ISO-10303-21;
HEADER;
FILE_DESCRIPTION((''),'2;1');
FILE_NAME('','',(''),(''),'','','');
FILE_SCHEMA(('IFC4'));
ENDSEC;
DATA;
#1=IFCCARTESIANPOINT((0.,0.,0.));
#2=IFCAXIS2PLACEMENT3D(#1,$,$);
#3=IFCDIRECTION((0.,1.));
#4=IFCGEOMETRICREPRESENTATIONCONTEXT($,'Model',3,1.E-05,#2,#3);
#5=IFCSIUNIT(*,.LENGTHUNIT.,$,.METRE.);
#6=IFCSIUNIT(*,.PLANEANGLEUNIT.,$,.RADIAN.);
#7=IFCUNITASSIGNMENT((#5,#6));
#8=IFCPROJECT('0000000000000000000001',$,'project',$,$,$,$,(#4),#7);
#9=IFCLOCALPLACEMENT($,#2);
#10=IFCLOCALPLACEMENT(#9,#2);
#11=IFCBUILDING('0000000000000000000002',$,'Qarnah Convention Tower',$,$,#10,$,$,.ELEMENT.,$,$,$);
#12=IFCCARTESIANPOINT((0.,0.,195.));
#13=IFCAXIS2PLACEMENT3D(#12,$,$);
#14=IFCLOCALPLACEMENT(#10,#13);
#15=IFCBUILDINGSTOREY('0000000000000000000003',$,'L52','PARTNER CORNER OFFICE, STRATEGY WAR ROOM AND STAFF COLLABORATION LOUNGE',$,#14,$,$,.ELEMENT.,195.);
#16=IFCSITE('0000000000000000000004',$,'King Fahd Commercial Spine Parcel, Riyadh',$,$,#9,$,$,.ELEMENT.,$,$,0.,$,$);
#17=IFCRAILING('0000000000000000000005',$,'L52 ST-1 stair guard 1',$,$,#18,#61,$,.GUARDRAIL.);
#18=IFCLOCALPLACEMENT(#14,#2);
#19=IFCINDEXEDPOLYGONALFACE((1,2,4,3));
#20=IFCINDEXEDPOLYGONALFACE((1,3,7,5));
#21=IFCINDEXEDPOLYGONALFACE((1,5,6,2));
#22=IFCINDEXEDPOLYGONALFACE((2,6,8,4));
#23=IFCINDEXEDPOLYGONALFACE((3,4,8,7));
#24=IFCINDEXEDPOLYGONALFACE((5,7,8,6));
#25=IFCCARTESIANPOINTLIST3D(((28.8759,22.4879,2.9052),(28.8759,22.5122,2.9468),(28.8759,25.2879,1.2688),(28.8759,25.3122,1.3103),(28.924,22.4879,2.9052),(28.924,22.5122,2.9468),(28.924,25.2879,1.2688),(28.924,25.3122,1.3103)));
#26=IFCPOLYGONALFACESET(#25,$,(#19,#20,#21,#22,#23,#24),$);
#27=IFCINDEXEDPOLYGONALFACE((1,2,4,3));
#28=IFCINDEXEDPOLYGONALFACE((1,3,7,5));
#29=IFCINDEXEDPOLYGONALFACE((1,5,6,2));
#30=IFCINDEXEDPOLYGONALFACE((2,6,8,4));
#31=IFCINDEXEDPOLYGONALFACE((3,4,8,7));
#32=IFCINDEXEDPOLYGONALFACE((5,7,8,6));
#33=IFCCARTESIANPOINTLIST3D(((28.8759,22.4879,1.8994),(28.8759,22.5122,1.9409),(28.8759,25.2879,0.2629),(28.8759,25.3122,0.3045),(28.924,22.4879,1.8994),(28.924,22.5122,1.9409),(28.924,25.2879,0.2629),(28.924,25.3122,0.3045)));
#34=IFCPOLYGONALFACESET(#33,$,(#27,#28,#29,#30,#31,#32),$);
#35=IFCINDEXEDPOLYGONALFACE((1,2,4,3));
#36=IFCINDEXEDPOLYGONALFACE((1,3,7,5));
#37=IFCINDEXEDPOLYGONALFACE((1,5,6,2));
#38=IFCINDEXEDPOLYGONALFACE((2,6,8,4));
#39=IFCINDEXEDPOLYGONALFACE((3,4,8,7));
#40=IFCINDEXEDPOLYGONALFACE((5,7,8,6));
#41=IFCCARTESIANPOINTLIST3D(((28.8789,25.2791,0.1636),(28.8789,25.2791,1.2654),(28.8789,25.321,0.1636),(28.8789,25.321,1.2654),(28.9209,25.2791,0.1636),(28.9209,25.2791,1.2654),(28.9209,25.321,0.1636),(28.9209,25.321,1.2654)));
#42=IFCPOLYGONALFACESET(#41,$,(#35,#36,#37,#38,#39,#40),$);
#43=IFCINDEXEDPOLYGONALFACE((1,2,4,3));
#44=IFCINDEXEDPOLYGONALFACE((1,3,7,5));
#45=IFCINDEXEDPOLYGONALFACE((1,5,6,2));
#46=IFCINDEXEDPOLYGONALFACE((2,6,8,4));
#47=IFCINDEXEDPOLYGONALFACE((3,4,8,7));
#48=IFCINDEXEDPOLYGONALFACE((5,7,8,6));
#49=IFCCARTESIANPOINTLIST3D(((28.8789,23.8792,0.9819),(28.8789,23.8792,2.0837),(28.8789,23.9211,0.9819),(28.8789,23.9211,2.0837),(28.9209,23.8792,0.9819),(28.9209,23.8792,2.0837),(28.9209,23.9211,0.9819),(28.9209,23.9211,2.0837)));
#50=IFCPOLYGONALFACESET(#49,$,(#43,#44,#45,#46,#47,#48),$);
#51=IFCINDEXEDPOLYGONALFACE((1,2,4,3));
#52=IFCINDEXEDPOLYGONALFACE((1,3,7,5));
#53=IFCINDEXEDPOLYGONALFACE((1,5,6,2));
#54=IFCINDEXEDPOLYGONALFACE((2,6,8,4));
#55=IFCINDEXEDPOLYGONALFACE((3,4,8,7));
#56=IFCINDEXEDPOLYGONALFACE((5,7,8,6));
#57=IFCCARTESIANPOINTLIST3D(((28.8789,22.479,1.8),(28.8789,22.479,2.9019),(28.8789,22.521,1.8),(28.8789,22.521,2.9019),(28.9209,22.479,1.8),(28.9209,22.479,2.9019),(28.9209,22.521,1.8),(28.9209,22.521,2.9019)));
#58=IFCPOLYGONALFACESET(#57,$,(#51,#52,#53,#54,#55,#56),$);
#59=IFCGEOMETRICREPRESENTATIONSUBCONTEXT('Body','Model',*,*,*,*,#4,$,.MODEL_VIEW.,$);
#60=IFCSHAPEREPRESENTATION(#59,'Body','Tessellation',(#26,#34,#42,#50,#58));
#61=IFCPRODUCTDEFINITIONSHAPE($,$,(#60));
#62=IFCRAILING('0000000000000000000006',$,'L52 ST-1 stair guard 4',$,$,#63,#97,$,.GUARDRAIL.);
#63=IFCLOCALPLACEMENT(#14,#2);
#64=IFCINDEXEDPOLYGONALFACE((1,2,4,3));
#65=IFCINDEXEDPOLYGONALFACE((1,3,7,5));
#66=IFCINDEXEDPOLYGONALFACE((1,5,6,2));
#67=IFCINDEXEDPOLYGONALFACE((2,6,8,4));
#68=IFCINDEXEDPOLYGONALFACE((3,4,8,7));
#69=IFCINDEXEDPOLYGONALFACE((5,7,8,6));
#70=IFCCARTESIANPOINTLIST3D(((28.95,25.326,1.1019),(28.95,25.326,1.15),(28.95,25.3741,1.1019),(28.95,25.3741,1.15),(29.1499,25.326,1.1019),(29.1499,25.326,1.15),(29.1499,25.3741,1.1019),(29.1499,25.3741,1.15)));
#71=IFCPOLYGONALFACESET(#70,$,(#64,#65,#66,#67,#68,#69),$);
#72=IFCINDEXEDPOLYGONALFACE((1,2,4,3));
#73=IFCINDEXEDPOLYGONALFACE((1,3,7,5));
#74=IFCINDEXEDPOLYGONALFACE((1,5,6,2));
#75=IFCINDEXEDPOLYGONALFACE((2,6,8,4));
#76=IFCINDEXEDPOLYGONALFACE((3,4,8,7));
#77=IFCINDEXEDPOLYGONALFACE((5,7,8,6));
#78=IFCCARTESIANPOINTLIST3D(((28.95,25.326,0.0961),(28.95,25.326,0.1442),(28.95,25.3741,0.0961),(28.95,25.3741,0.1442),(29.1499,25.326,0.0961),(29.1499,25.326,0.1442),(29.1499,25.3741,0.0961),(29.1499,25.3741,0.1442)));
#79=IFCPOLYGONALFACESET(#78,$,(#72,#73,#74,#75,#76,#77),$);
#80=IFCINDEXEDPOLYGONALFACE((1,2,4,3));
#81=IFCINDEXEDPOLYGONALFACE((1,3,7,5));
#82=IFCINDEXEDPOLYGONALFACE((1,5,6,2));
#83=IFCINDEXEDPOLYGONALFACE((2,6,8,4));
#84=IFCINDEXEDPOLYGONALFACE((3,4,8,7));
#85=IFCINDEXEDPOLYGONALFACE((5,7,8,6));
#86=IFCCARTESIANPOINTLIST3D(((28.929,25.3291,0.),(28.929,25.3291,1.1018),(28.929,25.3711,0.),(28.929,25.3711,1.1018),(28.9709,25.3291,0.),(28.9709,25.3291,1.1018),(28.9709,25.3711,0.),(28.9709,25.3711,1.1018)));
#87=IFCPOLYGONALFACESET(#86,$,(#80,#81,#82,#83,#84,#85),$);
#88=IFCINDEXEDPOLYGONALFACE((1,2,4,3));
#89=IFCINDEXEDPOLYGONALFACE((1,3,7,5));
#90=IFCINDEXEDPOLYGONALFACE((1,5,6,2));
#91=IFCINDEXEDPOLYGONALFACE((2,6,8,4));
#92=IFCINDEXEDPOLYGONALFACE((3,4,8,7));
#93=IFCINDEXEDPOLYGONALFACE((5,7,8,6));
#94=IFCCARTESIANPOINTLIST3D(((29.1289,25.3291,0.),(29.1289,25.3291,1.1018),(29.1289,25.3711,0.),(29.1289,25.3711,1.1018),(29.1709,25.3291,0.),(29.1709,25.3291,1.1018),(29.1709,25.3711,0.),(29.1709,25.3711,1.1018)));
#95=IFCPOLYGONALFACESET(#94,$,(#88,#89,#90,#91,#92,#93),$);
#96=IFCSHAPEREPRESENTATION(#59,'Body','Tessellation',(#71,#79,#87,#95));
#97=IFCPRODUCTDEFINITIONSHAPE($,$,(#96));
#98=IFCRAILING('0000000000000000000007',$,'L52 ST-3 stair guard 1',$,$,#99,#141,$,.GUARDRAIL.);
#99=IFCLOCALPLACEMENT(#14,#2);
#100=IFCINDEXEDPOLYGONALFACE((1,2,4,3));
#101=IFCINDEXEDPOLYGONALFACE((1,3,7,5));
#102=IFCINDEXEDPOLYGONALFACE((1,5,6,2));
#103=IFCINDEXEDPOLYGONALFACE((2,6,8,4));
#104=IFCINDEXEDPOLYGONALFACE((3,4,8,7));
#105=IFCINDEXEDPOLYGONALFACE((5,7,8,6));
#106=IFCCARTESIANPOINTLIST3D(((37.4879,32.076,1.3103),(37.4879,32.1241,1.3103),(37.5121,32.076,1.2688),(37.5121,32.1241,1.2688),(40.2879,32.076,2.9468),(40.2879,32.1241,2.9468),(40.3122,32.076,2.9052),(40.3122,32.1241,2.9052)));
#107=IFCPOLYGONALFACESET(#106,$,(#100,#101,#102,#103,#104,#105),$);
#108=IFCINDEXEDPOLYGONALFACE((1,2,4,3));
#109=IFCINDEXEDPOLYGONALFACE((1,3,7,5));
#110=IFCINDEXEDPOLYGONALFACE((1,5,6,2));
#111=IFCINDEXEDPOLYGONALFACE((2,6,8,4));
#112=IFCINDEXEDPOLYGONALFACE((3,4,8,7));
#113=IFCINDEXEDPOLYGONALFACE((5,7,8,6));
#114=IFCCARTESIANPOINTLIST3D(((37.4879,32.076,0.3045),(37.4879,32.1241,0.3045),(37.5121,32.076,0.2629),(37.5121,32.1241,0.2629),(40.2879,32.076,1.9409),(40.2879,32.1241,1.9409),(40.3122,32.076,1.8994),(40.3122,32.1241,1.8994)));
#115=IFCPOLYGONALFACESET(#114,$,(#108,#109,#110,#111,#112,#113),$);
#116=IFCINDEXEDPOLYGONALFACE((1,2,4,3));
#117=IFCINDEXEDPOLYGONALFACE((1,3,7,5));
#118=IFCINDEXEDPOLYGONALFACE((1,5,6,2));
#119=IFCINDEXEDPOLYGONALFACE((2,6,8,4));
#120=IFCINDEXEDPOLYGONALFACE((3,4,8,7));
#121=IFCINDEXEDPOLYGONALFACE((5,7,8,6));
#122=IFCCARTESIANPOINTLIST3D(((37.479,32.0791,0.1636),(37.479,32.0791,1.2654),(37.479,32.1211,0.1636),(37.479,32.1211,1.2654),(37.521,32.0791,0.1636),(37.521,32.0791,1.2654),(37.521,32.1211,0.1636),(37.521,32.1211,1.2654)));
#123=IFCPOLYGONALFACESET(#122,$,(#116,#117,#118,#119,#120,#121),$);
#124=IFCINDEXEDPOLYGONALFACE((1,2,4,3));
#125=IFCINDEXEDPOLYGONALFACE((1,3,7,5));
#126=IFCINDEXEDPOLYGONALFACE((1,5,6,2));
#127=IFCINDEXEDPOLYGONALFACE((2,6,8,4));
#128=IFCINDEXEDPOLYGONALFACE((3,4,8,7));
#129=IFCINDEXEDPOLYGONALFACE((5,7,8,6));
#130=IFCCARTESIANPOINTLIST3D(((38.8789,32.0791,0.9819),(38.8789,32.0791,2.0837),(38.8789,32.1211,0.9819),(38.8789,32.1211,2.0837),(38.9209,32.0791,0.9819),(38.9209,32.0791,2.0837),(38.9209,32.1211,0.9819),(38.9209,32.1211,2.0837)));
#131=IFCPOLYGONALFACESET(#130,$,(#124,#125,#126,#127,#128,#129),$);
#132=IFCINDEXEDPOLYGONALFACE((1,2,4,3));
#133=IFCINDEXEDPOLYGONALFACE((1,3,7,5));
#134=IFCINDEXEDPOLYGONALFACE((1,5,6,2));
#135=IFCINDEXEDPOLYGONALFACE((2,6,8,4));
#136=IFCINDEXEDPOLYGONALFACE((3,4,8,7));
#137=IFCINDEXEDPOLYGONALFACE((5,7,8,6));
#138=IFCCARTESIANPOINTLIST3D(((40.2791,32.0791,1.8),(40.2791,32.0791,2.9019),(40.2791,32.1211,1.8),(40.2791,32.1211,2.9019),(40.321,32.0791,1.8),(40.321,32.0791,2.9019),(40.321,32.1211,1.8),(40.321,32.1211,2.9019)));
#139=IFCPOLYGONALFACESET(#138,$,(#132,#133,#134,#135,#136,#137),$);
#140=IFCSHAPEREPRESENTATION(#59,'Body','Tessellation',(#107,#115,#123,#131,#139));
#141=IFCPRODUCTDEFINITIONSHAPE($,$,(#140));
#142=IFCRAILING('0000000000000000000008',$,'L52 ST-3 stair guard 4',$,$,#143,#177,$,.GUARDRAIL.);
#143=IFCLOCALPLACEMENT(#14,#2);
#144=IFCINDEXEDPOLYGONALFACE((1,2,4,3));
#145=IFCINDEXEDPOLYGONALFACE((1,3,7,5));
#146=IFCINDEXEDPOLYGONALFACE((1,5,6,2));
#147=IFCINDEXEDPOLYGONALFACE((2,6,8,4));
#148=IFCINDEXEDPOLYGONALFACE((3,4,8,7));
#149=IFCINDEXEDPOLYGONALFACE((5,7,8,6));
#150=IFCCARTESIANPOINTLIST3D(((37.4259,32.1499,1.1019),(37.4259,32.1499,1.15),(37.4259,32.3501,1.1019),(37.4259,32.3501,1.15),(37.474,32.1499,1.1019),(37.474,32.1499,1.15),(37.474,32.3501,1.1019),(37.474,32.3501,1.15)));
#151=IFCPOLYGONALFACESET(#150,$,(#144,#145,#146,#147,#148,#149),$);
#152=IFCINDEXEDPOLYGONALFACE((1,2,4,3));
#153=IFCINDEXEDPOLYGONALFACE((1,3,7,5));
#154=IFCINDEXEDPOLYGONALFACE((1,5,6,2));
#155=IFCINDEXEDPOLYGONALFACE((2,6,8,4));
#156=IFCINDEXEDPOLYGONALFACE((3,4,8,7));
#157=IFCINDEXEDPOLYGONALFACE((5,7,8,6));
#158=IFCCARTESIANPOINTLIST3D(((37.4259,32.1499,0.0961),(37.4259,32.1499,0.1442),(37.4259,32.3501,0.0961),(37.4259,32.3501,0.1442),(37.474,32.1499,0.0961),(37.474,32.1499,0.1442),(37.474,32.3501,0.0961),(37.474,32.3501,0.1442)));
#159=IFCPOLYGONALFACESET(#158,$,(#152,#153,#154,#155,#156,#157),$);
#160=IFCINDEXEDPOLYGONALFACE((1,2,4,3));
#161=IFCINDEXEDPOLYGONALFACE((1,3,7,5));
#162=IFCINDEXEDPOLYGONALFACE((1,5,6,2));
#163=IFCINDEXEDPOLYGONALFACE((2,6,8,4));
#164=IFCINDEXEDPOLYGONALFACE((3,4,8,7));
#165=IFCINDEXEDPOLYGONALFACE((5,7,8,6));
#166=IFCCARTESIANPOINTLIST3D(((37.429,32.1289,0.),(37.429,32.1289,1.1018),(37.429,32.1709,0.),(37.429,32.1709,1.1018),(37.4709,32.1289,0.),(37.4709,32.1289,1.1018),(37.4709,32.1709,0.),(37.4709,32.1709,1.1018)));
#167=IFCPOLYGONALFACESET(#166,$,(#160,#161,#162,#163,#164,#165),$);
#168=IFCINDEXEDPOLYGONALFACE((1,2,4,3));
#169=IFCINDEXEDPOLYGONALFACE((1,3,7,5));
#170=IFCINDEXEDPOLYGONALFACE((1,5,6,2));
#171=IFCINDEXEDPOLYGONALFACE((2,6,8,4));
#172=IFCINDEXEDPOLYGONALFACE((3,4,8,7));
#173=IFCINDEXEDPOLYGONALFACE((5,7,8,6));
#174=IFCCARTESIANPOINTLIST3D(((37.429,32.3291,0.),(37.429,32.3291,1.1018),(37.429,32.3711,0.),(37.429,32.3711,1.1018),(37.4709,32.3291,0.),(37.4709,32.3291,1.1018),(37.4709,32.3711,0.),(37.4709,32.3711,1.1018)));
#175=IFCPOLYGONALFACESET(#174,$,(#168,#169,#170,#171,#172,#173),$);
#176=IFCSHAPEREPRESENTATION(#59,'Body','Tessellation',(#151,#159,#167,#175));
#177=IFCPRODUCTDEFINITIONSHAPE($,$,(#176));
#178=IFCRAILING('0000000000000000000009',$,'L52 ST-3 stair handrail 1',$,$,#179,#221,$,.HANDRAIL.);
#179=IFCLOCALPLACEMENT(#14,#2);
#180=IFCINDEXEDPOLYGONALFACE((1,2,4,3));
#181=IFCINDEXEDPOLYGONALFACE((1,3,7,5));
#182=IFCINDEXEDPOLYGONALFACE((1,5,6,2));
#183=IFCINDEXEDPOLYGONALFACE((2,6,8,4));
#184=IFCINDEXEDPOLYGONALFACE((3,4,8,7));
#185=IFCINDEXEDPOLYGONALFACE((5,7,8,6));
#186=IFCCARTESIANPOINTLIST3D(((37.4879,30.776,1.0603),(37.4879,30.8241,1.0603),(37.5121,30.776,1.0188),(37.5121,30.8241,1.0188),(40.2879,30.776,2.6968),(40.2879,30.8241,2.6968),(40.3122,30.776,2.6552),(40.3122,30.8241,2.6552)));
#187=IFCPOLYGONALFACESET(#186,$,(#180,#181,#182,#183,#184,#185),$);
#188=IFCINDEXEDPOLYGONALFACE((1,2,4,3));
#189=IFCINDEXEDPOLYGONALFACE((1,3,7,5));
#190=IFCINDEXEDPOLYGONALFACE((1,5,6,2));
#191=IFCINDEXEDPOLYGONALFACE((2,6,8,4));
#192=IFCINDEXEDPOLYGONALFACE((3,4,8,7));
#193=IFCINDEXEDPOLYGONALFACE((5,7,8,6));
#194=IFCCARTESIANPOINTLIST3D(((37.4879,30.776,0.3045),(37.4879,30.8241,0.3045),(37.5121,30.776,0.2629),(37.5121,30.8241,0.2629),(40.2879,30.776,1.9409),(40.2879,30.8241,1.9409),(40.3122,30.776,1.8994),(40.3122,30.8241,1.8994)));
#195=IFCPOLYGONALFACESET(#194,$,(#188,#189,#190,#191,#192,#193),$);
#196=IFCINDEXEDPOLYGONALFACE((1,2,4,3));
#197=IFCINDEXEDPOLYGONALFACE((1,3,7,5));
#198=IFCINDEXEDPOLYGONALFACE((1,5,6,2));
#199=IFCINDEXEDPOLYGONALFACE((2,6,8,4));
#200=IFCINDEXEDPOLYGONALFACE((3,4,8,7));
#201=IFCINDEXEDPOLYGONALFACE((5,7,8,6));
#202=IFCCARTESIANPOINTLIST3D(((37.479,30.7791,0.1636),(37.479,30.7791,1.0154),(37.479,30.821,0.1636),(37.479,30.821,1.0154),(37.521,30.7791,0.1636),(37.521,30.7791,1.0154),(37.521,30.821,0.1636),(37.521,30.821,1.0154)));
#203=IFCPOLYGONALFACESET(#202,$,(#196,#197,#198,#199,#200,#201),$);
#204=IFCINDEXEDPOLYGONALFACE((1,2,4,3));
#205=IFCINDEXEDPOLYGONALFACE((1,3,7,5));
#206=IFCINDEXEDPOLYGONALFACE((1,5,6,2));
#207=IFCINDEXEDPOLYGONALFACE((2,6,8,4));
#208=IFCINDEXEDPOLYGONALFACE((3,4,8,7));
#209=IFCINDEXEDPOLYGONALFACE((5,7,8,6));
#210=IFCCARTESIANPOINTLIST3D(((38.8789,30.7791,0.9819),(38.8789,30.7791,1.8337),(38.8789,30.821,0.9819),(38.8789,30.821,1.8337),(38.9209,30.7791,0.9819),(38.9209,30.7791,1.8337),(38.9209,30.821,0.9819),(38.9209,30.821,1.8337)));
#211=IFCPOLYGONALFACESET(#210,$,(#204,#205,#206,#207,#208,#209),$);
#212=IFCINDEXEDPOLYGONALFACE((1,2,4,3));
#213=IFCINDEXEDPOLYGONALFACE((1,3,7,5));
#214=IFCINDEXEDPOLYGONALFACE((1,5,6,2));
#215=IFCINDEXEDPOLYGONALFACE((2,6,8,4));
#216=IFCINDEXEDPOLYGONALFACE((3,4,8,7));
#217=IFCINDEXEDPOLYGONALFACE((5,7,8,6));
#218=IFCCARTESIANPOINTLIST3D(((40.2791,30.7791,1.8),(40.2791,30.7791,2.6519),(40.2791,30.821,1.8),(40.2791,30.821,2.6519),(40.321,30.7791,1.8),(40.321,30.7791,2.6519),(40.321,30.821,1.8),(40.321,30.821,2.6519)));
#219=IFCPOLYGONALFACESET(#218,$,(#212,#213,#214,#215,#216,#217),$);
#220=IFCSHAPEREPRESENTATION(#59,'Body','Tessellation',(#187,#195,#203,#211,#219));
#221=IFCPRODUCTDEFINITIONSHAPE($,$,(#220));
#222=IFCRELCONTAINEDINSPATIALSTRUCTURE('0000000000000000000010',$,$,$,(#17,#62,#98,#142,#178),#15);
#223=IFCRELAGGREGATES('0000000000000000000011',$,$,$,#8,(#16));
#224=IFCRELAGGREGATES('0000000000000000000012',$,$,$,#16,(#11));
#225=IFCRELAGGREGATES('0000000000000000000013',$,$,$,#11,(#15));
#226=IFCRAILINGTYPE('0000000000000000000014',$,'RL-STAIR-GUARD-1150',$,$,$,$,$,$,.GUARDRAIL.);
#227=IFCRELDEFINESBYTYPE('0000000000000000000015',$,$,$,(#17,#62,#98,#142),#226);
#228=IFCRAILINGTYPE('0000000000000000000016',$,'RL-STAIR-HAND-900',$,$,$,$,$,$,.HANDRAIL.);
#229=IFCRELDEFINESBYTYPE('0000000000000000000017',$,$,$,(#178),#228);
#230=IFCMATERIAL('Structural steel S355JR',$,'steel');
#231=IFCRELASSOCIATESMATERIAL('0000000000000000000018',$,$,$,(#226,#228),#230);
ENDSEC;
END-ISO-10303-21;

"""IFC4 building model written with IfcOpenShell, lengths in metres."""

from ifc_helpers import new_model, si_unit, direction, frame, origin, origin_2d, place, context, subcontext, project, spatial, rectangle, extrude, material, type_object, element, save


model = new_model("IFC4")

# Units and contexts
model_context = context("Model", 3, precision=1e-05, world=origin(), true_north=direction((0.0, 1.0)))
body_context = subcontext(model_context, "Body", "Model", "MODEL_VIEW")
ifc_project = project(units=[si_unit("LENGTHUNIT", "METRE"), si_unit("PLANEANGLEUNIT", "RADIAN")], contexts=[model_context])

# Site, building, storey
site_placement = place(None, origin())
site = spatial("IfcSite", under=ifc_project, at=site_placement, Name="King Fahd Commercial Spine Parcel, Riyadh", CompositionType="ELEMENT", RefElevation=0.0)
building_placement = place(site_placement, origin())
building = spatial("IfcBuilding", under=site, at=building_placement, Name="Qarnah Convention Tower", CompositionType="ELEMENT")
storey_placement = place(building_placement, frame((0.0, 0.0, 195.0)))
storey = spatial("IfcBuildingStorey", under=building, at=storey_placement, Name="L52", Description="PARTNER CORNER OFFICE, STRATEGY WAR ROOM AND STAFF COLLABORATION LOUNGE", CompositionType="ELEMENT", Elevation=195.0)

# Shared definitions
ifc_material_1 = material(Name="Structural steel S355JR", Category="steel")

# Railings
railing_type_1 = type_object("IfcRailingType", Name="RL-STAIR-GUARD-1150", PredefinedType="GUARDRAIL", material=ifc_material_1)
railing_1_placement = place(storey_placement, frame((28.8999, 25.3, 0.1636)))
element("IfcRailing", 1, at=railing_1_placement, inside=storey, type_object=railing_type_1, Name="L52 ST-1 stair guard 1", PredefinedType="GUARDRAIL", context=body_context, shape_type="SweptSolid", body=[
    extrude(rectangle(XDim=0.0481, YDim=0.0481, at=origin_2d()), frame((0.0, 0.0, 1.126), z_axis=(0.0, -0.863361, 0.504587), x_axis=(1.0, 0.0, 0.0)), (0.0, 0.0, 1.0), 3.2432),
    extrude(rectangle(XDim=0.0481, YDim=0.0481, at=origin_2d()), frame((0.0, 0.0, 0.1201), z_axis=(0.0, -0.863361, 0.504587), x_axis=(1.0, 0.0, 0.0)), (0.0, 0.0, 1.0), 3.2432),
    extrude(rectangle(XDim=0.042, YDim=0.042, at=origin_2d()), origin(), (0.0, 0.0, 1.0), 1.1018),
    extrude(rectangle(XDim=0.042, YDim=0.042, at=origin_2d()), frame((0.0, -1.3999, 0.8184)), (0.0, 0.0, 1.0), 1.1018),
    extrude(rectangle(XDim=0.042, YDim=0.042, at=origin_2d()), frame((0.0, -2.8, 1.6365)), (0.0, 0.0, 1.0), 1.1018),
])
railing_2_placement = place(storey_placement, frame((28.95, 25.3501, 0.0)))
element("IfcRailing", 2, at=railing_2_placement, inside=storey, type_object=railing_type_1, Name="L52 ST-1 stair guard 4", PredefinedType="GUARDRAIL", context=body_context, shape_type="SweptSolid", body=[
    extrude(rectangle(XDim=0.0481, YDim=0.0481, at=origin_2d()), frame((0.0, 0.0, 1.126), z_axis=(1.0, 0.0, 0.0), x_axis=(0.0, 1.0, 0.0)), (0.0, 0.0, 1.0), 0.2),
    extrude(rectangle(XDim=0.0481, YDim=0.0481, at=origin_2d()), frame((0.0, 0.0, 0.1201), z_axis=(1.0, 0.0, 0.0), x_axis=(0.0, 1.0, 0.0)), (0.0, 0.0, 1.0), 0.2),
    extrude(rectangle(XDim=0.042, YDim=0.042, at=origin_2d()), origin(), (0.0, 0.0, 1.0), 1.1018),
    extrude(rectangle(XDim=0.042, YDim=0.042, at=origin_2d()), frame((0.2, 0.0, 0.0)), (0.0, 0.0, 1.0), 1.1018),
])
railing_3_placement = place(storey_placement, frame((37.5, 32.1001, 0.1636)))
element("IfcRailing", 3, at=railing_3_placement, inside=storey, type_object=railing_type_1, Name="L52 ST-3 stair guard 1", PredefinedType="GUARDRAIL", context=body_context, shape_type="SweptSolid", body=[
    extrude(rectangle(XDim=0.0481, YDim=0.0481, at=origin_2d()), frame((0.0, 0.0, 1.126), z_axis=(0.863361, 0.0, 0.504587), x_axis=(0.0, 1.0, 0.0)), (0.0, 0.0, 1.0), 3.2432),
    extrude(rectangle(XDim=0.0481, YDim=0.0481, at=origin_2d()), frame((0.0, 0.0, 0.1201), z_axis=(0.863361, 0.0, 0.504587), x_axis=(0.0, 1.0, 0.0)), (0.0, 0.0, 1.0), 3.2432),
    extrude(rectangle(XDim=0.042, YDim=0.042, at=origin_2d()), origin(), (0.0, 0.0, 1.0), 1.1018),
    extrude(rectangle(XDim=0.042, YDim=0.042, at=origin_2d()), frame((1.3999, 0.0, 0.8184)), (0.0, 0.0, 1.0), 1.1018),
    extrude(rectangle(XDim=0.042, YDim=0.042, at=origin_2d()), frame((2.8, 0.0, 1.6365)), (0.0, 0.0, 1.0), 1.1018),
])
railing_4_placement = place(storey_placement, frame((37.45, 32.1499, 0.0)))
element("IfcRailing", 4, at=railing_4_placement, inside=storey, type_object=railing_type_1, Name="L52 ST-3 stair guard 4", PredefinedType="GUARDRAIL", context=body_context, shape_type="SweptSolid", body=[
    extrude(rectangle(XDim=0.0481, YDim=0.0481, at=origin_2d()), frame((0.0, 0.0, 1.126), z_axis=(0.0, 1.0, 0.0), x_axis=(-1.0, 0.0, 0.0)), (0.0, 0.0, 1.0), 0.2002),
    extrude(rectangle(XDim=0.0481, YDim=0.0481, at=origin_2d()), frame((0.0, 0.0, 0.1201), z_axis=(0.0, 1.0, 0.0), x_axis=(-1.0, 0.0, 0.0)), (0.0, 0.0, 1.0), 0.2002),
    extrude(rectangle(XDim=0.042, YDim=0.042, at=origin_2d()), origin(), (0.0, 0.0, 1.0), 1.1018),
    extrude(rectangle(XDim=0.042, YDim=0.042, at=origin_2d()), frame((0.0, 0.2002, 0.0)), (0.0, 0.0, 1.0), 1.1018),
])
railing_type_2 = type_object("IfcRailingType", Name="RL-STAIR-HAND-900", PredefinedType="HANDRAIL", material=ifc_material_1)
railing_5_placement = place(storey_placement, frame((37.5, 30.8, 0.1636)))
element("IfcRailing", 5, at=railing_5_placement, inside=storey, type_object=railing_type_2, Name="L52 ST-3 stair handrail 1", PredefinedType="HANDRAIL", context=body_context, shape_type="SweptSolid", body=[
    extrude(rectangle(XDim=0.0481, YDim=0.0481, at=origin_2d()), frame((0.0, 0.0, 0.876), z_axis=(0.863361, 0.0, 0.504587), x_axis=(0.0, 1.0, 0.0)), (0.0, 0.0, 1.0), 3.2432),
    extrude(rectangle(XDim=0.0481, YDim=0.0481, at=origin_2d()), frame((0.0, 0.0, 0.1201), z_axis=(0.863361, 0.0, 0.504587), x_axis=(0.0, 1.0, 0.0)), (0.0, 0.0, 1.0), 3.2432),
    extrude(rectangle(XDim=0.042, YDim=0.042, at=origin_2d()), origin(), (0.0, 0.0, 1.0), 0.8518),
    extrude(rectangle(XDim=0.042, YDim=0.042, at=origin_2d()), frame((1.3999, 0.0, 0.8184)), (0.0, 0.0, 1.0), 0.8518),
    extrude(rectangle(XDim=0.042, YDim=0.042, at=origin_2d()), frame((2.8, 0.0, 1.6365)), (0.0, 0.0, 1.0), 0.8518),
])

save(model, "model.ifc")
